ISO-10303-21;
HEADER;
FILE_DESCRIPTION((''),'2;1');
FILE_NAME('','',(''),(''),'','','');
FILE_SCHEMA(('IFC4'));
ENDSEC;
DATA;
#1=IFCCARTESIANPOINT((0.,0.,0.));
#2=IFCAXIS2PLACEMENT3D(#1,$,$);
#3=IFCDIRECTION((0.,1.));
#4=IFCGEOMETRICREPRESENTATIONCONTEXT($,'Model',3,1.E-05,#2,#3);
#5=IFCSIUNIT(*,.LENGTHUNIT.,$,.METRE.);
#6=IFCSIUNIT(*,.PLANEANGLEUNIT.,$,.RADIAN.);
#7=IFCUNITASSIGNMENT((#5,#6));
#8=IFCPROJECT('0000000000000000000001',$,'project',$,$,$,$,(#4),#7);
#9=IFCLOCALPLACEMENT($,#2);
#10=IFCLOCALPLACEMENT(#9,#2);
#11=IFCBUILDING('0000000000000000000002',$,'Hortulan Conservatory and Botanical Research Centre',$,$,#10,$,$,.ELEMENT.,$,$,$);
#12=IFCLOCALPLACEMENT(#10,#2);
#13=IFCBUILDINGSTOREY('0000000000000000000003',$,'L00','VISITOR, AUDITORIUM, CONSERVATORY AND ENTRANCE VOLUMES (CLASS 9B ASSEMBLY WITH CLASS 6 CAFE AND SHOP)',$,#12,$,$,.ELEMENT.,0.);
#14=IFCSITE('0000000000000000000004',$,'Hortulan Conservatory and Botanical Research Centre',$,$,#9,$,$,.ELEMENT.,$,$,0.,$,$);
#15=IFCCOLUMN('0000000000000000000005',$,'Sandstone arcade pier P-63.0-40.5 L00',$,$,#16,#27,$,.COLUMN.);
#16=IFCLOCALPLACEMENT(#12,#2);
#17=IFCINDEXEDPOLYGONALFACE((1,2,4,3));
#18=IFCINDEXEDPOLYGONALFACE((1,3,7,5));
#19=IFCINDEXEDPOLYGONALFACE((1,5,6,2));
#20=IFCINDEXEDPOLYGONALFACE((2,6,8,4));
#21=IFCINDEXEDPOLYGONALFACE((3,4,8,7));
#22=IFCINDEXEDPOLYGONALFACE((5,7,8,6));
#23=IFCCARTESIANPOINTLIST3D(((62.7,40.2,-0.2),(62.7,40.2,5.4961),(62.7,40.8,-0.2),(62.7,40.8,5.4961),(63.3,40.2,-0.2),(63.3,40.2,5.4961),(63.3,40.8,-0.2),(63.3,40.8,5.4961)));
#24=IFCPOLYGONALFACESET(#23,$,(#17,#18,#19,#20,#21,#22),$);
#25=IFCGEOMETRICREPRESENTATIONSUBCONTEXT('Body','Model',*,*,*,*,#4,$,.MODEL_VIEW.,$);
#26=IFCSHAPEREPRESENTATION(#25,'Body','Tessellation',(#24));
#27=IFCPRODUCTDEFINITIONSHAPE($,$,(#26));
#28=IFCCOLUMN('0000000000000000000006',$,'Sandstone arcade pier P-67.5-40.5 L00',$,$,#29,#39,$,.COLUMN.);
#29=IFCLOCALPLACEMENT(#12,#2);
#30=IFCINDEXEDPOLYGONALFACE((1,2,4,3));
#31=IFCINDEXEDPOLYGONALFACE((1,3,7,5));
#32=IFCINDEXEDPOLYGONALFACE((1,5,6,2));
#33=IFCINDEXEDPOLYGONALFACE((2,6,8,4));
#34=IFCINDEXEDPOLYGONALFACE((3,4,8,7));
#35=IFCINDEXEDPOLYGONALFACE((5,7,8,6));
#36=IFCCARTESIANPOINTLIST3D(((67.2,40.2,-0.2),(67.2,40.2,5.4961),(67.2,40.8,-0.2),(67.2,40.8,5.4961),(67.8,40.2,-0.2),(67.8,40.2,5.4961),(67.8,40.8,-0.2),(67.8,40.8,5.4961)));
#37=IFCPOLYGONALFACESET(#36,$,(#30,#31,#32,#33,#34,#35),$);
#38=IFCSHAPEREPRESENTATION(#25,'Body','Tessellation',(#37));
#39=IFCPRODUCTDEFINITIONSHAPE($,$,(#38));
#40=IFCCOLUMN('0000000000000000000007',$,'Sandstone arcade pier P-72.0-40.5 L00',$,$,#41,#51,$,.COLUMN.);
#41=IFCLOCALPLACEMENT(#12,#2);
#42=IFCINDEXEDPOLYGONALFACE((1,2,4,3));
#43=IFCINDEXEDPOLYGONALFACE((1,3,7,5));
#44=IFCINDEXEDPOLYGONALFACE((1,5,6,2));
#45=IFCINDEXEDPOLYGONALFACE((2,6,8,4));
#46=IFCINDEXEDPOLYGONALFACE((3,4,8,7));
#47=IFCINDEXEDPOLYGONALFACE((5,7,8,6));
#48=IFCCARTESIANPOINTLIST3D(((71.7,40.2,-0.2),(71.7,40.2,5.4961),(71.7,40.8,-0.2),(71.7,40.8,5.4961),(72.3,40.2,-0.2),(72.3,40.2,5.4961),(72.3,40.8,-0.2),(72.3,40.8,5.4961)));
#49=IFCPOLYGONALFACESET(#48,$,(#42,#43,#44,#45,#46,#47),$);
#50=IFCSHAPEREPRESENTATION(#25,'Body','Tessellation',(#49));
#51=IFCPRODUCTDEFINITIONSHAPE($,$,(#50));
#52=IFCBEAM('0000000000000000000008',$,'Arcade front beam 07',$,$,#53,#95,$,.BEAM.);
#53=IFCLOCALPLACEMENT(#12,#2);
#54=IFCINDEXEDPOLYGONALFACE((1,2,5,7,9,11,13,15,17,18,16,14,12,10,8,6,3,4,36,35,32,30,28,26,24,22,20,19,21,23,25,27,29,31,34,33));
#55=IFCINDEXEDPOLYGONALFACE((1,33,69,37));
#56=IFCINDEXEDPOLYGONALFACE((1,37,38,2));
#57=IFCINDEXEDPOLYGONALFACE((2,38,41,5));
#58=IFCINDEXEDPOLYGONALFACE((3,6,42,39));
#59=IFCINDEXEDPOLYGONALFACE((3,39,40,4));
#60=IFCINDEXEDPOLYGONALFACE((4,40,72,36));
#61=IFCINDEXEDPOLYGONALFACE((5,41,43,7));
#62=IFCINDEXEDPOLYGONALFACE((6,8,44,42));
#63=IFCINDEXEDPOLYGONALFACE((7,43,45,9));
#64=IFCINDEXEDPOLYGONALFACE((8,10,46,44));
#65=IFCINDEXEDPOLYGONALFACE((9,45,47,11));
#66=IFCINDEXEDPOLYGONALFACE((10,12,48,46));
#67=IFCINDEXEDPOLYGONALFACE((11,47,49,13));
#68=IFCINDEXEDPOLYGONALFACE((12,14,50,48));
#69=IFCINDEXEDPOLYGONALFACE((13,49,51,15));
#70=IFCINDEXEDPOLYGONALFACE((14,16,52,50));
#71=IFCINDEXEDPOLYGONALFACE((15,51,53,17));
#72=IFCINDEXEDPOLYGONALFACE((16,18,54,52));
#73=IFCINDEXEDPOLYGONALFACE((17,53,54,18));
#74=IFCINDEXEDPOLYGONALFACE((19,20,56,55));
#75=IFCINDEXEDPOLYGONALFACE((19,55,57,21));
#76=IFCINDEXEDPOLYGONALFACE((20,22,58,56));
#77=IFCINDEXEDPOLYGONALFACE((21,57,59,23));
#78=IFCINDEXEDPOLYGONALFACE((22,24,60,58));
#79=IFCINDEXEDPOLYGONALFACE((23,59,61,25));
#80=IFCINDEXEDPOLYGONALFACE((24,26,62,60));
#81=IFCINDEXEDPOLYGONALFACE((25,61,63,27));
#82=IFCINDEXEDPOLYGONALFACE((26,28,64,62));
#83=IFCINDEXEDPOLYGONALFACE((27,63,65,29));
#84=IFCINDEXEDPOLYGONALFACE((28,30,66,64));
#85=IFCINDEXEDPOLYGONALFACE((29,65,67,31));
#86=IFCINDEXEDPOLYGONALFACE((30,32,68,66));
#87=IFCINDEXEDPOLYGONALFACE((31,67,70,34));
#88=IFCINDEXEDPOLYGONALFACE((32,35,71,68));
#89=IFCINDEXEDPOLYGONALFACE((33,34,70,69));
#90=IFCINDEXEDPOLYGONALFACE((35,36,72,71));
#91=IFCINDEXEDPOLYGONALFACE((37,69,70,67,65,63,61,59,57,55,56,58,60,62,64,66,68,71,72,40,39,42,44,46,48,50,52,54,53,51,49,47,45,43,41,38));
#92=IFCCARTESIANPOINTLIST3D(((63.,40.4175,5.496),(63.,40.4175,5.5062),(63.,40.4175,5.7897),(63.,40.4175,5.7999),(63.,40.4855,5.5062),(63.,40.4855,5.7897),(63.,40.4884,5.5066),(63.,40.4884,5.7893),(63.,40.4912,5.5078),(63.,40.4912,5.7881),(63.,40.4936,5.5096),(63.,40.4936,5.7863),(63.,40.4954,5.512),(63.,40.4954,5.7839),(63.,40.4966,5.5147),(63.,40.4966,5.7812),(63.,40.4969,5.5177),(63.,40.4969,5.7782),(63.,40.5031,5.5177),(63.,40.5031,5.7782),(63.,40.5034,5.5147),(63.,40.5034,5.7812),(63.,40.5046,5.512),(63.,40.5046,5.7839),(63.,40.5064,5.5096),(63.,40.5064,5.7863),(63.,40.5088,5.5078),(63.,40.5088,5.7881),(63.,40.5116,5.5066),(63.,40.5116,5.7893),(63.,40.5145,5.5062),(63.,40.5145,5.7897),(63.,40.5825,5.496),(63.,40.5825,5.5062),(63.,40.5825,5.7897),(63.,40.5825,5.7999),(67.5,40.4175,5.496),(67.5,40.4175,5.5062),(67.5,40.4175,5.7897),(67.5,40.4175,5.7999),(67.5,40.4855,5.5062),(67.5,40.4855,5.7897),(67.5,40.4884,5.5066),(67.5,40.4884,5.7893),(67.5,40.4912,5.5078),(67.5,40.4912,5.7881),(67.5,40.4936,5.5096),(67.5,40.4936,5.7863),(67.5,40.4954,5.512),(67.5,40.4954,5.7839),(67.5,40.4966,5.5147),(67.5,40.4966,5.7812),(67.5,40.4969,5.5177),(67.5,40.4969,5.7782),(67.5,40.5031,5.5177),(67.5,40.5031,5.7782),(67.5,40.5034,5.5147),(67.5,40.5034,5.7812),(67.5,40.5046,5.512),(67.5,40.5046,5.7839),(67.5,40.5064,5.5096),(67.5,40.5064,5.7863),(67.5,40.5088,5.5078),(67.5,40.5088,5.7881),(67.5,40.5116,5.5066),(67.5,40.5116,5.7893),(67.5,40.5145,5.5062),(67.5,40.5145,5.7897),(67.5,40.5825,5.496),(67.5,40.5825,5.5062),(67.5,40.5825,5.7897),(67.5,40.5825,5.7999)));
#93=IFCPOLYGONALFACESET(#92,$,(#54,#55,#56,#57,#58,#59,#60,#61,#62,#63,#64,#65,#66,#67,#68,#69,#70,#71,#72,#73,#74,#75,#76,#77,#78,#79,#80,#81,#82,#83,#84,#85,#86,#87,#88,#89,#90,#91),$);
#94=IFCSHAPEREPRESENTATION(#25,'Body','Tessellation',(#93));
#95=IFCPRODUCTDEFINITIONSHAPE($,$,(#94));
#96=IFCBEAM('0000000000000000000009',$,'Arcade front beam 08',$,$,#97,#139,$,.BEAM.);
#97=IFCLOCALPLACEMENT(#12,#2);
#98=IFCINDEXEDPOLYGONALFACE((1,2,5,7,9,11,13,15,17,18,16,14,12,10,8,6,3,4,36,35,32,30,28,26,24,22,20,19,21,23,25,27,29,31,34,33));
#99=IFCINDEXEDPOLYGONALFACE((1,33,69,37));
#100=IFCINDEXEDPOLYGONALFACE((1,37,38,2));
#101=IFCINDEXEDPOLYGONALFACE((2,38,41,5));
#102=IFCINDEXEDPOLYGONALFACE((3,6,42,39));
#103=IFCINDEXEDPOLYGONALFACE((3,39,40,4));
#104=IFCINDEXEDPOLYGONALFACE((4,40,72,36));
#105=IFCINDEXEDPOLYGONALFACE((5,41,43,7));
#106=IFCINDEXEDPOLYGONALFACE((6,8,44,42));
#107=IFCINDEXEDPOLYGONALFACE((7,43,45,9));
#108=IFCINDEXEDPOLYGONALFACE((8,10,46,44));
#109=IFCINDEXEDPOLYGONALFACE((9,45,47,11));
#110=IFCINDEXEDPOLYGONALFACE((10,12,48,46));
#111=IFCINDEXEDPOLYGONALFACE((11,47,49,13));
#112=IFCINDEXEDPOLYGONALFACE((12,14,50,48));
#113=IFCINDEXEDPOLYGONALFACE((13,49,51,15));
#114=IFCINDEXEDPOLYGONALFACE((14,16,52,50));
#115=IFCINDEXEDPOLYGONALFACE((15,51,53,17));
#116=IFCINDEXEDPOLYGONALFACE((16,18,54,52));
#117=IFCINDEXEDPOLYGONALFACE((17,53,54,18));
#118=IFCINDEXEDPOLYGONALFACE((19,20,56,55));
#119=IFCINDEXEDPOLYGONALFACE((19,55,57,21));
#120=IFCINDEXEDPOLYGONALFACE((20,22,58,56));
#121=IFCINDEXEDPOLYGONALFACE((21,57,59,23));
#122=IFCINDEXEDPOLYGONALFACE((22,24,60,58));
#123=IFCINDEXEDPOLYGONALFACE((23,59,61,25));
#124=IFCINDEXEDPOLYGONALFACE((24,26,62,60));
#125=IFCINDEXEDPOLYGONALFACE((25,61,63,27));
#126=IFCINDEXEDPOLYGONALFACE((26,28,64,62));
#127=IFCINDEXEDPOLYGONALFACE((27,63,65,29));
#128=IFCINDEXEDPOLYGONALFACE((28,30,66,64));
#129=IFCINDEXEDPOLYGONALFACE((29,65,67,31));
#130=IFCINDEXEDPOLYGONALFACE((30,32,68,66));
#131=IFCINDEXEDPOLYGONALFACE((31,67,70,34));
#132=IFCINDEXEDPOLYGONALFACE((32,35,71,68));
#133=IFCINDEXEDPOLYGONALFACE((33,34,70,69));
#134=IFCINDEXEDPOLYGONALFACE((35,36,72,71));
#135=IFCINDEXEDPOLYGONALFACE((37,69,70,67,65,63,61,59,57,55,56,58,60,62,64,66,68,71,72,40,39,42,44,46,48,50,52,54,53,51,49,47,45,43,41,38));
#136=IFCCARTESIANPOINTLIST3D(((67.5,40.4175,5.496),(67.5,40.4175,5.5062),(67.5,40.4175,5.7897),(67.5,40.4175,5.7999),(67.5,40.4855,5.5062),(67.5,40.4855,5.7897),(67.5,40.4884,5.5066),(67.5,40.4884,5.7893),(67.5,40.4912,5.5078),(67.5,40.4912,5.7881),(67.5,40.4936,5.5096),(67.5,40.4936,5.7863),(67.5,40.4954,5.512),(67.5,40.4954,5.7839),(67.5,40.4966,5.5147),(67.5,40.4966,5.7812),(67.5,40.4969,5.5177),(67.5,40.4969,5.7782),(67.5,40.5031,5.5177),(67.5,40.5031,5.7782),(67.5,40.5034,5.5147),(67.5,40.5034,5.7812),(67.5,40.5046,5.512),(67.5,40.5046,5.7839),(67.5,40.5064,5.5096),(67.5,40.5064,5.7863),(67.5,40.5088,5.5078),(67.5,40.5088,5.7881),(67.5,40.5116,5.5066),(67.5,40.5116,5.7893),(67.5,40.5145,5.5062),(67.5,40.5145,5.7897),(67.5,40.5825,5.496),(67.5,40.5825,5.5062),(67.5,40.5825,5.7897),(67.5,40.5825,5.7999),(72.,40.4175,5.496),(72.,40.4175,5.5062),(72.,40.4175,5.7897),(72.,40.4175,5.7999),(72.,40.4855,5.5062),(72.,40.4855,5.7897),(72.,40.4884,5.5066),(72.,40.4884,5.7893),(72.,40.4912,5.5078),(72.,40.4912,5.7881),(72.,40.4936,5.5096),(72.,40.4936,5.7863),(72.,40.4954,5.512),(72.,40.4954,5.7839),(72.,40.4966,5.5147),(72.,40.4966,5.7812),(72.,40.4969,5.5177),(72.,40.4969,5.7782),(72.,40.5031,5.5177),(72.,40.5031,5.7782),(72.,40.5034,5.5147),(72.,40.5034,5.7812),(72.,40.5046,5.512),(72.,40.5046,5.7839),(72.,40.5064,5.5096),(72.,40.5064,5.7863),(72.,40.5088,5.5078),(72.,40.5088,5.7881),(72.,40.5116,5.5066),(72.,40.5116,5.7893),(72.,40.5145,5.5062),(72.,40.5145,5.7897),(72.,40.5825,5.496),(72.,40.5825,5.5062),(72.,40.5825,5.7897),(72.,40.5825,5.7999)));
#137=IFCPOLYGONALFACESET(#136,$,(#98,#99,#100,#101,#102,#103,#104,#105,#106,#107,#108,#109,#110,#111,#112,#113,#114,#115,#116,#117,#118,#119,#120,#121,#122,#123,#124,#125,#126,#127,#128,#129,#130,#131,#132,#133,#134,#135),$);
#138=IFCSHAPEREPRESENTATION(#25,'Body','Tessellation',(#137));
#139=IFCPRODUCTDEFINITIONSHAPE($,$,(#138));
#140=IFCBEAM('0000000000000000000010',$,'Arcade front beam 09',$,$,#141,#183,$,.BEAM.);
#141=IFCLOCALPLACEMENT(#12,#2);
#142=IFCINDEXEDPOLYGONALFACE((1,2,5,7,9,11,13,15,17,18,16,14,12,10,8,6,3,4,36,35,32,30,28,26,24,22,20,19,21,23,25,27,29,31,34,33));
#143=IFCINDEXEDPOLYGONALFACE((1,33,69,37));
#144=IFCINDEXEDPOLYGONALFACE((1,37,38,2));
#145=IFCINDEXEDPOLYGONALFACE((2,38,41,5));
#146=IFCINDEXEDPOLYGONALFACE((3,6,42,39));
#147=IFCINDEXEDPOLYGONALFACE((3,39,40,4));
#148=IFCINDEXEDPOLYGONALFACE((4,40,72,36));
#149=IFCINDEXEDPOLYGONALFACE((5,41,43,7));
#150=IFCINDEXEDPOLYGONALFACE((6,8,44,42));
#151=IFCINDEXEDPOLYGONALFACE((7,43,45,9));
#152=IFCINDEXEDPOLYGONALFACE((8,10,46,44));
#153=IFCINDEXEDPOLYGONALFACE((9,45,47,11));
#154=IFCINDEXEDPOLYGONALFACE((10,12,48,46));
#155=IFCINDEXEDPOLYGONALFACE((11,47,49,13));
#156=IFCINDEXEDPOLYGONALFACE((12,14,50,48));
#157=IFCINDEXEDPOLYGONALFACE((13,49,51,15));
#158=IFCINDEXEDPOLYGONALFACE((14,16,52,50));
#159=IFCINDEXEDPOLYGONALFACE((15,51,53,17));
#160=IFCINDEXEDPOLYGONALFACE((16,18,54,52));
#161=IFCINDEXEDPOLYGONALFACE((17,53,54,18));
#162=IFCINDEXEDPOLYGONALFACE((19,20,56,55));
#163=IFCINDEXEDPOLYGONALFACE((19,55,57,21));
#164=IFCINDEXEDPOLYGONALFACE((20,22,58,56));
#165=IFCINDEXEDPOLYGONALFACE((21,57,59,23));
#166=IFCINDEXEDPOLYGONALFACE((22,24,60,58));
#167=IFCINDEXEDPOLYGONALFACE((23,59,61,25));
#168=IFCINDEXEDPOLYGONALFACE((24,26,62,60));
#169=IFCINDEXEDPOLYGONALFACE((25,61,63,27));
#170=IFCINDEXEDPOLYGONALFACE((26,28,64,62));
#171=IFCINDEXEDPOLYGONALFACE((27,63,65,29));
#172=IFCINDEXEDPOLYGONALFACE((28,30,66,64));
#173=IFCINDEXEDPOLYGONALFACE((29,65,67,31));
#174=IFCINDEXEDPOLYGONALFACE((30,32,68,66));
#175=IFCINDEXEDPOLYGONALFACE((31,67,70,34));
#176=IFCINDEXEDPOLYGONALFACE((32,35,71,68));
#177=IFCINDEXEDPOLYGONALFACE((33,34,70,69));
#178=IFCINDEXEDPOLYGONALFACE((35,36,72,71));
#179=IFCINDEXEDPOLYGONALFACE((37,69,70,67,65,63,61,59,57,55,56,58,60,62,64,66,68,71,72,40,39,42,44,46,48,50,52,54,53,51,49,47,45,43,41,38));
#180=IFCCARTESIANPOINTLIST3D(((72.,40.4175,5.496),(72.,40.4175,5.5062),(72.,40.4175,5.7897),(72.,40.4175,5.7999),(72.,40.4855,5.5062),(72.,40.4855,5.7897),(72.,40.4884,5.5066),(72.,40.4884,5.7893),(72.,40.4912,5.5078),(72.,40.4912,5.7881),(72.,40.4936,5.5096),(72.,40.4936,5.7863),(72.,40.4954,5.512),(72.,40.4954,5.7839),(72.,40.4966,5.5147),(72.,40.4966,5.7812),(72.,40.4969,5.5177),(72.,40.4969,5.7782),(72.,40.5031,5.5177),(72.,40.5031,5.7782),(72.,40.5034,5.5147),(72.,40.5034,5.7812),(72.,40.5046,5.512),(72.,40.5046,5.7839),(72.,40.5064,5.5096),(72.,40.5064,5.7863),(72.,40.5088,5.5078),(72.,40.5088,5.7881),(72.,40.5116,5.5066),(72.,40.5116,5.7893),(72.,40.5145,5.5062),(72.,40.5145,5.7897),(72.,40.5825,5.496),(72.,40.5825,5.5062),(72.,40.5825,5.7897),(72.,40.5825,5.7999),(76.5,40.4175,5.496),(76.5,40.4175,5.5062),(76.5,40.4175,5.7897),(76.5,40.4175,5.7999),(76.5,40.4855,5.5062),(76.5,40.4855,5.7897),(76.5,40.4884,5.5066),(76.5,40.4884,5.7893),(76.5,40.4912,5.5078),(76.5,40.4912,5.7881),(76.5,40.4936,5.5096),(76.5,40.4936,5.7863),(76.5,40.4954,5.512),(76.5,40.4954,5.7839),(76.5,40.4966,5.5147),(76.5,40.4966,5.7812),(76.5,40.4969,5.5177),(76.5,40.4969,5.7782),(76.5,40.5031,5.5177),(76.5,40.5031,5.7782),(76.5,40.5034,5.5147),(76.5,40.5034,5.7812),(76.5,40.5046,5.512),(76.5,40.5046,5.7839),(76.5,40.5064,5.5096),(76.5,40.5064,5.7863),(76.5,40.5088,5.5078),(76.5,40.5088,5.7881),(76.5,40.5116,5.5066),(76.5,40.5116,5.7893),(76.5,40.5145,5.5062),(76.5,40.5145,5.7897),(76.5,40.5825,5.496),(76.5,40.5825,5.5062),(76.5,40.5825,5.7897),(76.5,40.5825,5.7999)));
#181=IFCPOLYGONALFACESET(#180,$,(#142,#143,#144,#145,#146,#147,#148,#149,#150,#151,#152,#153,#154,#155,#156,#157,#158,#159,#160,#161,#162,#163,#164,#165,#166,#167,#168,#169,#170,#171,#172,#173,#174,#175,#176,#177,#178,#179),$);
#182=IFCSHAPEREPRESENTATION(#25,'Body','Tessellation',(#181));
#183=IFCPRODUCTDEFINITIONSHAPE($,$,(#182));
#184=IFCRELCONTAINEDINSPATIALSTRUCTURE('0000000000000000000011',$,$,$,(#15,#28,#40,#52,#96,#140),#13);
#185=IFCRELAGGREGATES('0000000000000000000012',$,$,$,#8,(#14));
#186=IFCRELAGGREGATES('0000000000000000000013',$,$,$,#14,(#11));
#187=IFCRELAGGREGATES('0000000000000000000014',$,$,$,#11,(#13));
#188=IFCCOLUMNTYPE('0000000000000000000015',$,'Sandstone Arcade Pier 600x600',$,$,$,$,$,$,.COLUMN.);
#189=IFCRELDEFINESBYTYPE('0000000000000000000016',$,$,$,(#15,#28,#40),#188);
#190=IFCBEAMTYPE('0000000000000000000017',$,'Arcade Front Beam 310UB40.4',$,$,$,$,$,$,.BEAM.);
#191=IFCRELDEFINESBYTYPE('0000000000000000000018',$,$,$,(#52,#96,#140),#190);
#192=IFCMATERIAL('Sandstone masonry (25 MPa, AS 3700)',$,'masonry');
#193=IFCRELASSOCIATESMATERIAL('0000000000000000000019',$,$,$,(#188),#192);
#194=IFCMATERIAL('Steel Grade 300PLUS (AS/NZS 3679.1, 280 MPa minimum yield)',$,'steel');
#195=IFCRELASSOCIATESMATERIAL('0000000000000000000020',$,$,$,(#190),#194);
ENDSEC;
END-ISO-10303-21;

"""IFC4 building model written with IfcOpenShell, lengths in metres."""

from ifc_helpers import new_model, si_unit, direction, frame, origin, origin_2d, place, context, subcontext, project, spatial, rectangle, i_section, extrude, material, material_profile, profile_set, type_object, element, save


model = new_model("IFC4")

# Units and contexts
model_context = context("Model", 3, precision=1e-05, world=origin(), true_north=direction((0.0, 1.0)))
body_context = subcontext(model_context, "Body", "Model", "MODEL_VIEW")
ifc_project = project(units=[si_unit("LENGTHUNIT", "METRE"), si_unit("PLANEANGLEUNIT", "RADIAN")], contexts=[model_context])

# Site, building, storey
site_placement = place(None, origin())
site = spatial("IfcSite", under=ifc_project, at=site_placement, Name="Hortulan Conservatory and Botanical Research Centre", CompositionType="ELEMENT", RefElevation=0.0)
building_placement = place(site_placement, origin())
building = spatial("IfcBuilding", under=site, at=building_placement, Name="Hortulan Conservatory and Botanical Research Centre", CompositionType="ELEMENT")
storey_placement = place(building_placement, origin())
storey = spatial("IfcBuildingStorey", under=building, at=storey_placement, Name="L00", Description="VISITOR, AUDITORIUM, CONSERVATORY AND ENTRANCE VOLUMES (CLASS 9B ASSEMBLY WITH CLASS 6 CAFE AND SHOP)", CompositionType="ELEMENT", Elevation=0.0)

# Columns
ifc_material_1 = material(Name="Sandstone masonry (25 MPa, AS 3700)", Category="masonry")
ifc_material_profile_1 = material_profile(ifc_material_1, rectangle(XDim=0.6001, YDim=0.6001, at=origin_2d()), Name="Square pier 600")
ifc_profile_set_1 = profile_set([ifc_material_profile_1], Name="Sandstone masonry (25 MPa, AS 3700)")
column_type_1 = type_object("IfcColumnType", Name="Sandstone Arcade Pier 600x600", PredefinedType="COLUMN", material=ifc_profile_set_1)
for number, where, z_axis, x_axis, name in (
    (1, (63.0, 40.5, -0.2), (0.0, 0.0, 1.0), (1.0, 0.0, 0.0), "Sandstone arcade pier P-63.0-40.5 L00"),
    (2, (67.5, 40.5, -0.2), (0.0, 0.0, 1.0), (1.0, 0.0, 0.0), "Sandstone arcade pier P-67.5-40.5 L00"),
    (3, (72.0, 40.5, -0.2), (0.0, 0.0, 1.0), (1.0, 0.0, 0.0), "Sandstone arcade pier P-72.0-40.5 L00"),
):
    element("IfcColumn", number, at=place(storey_placement, frame(where, z_axis=z_axis, x_axis=x_axis)), inside=storey, type_object=column_type_1, Name=name, PredefinedType="COLUMN", context=body_context, shape_type="SweptSolid", body=[
        extrude(rectangle(XDim=0.6001, YDim=0.6001, at=origin_2d()), origin(), (0.0, 0.0, 1.0), 5.696),
    ])

# Beams
ifc_material_2 = material(Name="Steel Grade 300PLUS (AS/NZS 3679.1, 280 MPa minimum yield)", Category="steel")
ifc_material_profile_2 = material_profile(ifc_material_2, i_section(OverallWidth=0.165, OverallDepth=0.304, WebThickness=0.0061, FlangeThickness=0.0103, FilletRadius=0.0115, at=origin_2d()), Name="310UB40.4")
ifc_profile_set_2 = profile_set([ifc_material_profile_2], Name="Steel Grade 300PLUS (AS/NZS 3679.1, 280 MPa minimum yield)")
beam_type_1 = type_object("IfcBeamType", Name="Arcade Front Beam 310UB40.4", PredefinedType="BEAM", material=ifc_profile_set_2)
for number, where, z_axis, x_axis, name in (
    (4, (63.0, 40.5, 5.6479), (1.0, 0.0, 0.0), (0.0, 1.0, 0.0), "Arcade front beam 07"),
    (5, (67.5, 40.5, 5.6479), (1.0, 0.0, 0.0), (0.0, 1.0, 0.0), "Arcade front beam 08"),
    (6, (72.0, 40.5, 5.6479), (1.0, 0.0, 0.0), (0.0, 1.0, 0.0), "Arcade front beam 09"),
):
    element("IfcBeam", number, at=place(storey_placement, frame(where, z_axis=z_axis, x_axis=x_axis)), inside=storey, type_object=beam_type_1, Name=name, PredefinedType="BEAM", context=body_context, shape_type="SweptSolid", body=[
        extrude(i_section(OverallWidth=0.165, OverallDepth=0.304, WebThickness=0.0061, FlangeThickness=0.0103, FilletRadius=0.0115, at=origin_2d()), origin(), (0.0, 0.0, 1.0), 4.5),
    ])

save(model, "model.ifc")
